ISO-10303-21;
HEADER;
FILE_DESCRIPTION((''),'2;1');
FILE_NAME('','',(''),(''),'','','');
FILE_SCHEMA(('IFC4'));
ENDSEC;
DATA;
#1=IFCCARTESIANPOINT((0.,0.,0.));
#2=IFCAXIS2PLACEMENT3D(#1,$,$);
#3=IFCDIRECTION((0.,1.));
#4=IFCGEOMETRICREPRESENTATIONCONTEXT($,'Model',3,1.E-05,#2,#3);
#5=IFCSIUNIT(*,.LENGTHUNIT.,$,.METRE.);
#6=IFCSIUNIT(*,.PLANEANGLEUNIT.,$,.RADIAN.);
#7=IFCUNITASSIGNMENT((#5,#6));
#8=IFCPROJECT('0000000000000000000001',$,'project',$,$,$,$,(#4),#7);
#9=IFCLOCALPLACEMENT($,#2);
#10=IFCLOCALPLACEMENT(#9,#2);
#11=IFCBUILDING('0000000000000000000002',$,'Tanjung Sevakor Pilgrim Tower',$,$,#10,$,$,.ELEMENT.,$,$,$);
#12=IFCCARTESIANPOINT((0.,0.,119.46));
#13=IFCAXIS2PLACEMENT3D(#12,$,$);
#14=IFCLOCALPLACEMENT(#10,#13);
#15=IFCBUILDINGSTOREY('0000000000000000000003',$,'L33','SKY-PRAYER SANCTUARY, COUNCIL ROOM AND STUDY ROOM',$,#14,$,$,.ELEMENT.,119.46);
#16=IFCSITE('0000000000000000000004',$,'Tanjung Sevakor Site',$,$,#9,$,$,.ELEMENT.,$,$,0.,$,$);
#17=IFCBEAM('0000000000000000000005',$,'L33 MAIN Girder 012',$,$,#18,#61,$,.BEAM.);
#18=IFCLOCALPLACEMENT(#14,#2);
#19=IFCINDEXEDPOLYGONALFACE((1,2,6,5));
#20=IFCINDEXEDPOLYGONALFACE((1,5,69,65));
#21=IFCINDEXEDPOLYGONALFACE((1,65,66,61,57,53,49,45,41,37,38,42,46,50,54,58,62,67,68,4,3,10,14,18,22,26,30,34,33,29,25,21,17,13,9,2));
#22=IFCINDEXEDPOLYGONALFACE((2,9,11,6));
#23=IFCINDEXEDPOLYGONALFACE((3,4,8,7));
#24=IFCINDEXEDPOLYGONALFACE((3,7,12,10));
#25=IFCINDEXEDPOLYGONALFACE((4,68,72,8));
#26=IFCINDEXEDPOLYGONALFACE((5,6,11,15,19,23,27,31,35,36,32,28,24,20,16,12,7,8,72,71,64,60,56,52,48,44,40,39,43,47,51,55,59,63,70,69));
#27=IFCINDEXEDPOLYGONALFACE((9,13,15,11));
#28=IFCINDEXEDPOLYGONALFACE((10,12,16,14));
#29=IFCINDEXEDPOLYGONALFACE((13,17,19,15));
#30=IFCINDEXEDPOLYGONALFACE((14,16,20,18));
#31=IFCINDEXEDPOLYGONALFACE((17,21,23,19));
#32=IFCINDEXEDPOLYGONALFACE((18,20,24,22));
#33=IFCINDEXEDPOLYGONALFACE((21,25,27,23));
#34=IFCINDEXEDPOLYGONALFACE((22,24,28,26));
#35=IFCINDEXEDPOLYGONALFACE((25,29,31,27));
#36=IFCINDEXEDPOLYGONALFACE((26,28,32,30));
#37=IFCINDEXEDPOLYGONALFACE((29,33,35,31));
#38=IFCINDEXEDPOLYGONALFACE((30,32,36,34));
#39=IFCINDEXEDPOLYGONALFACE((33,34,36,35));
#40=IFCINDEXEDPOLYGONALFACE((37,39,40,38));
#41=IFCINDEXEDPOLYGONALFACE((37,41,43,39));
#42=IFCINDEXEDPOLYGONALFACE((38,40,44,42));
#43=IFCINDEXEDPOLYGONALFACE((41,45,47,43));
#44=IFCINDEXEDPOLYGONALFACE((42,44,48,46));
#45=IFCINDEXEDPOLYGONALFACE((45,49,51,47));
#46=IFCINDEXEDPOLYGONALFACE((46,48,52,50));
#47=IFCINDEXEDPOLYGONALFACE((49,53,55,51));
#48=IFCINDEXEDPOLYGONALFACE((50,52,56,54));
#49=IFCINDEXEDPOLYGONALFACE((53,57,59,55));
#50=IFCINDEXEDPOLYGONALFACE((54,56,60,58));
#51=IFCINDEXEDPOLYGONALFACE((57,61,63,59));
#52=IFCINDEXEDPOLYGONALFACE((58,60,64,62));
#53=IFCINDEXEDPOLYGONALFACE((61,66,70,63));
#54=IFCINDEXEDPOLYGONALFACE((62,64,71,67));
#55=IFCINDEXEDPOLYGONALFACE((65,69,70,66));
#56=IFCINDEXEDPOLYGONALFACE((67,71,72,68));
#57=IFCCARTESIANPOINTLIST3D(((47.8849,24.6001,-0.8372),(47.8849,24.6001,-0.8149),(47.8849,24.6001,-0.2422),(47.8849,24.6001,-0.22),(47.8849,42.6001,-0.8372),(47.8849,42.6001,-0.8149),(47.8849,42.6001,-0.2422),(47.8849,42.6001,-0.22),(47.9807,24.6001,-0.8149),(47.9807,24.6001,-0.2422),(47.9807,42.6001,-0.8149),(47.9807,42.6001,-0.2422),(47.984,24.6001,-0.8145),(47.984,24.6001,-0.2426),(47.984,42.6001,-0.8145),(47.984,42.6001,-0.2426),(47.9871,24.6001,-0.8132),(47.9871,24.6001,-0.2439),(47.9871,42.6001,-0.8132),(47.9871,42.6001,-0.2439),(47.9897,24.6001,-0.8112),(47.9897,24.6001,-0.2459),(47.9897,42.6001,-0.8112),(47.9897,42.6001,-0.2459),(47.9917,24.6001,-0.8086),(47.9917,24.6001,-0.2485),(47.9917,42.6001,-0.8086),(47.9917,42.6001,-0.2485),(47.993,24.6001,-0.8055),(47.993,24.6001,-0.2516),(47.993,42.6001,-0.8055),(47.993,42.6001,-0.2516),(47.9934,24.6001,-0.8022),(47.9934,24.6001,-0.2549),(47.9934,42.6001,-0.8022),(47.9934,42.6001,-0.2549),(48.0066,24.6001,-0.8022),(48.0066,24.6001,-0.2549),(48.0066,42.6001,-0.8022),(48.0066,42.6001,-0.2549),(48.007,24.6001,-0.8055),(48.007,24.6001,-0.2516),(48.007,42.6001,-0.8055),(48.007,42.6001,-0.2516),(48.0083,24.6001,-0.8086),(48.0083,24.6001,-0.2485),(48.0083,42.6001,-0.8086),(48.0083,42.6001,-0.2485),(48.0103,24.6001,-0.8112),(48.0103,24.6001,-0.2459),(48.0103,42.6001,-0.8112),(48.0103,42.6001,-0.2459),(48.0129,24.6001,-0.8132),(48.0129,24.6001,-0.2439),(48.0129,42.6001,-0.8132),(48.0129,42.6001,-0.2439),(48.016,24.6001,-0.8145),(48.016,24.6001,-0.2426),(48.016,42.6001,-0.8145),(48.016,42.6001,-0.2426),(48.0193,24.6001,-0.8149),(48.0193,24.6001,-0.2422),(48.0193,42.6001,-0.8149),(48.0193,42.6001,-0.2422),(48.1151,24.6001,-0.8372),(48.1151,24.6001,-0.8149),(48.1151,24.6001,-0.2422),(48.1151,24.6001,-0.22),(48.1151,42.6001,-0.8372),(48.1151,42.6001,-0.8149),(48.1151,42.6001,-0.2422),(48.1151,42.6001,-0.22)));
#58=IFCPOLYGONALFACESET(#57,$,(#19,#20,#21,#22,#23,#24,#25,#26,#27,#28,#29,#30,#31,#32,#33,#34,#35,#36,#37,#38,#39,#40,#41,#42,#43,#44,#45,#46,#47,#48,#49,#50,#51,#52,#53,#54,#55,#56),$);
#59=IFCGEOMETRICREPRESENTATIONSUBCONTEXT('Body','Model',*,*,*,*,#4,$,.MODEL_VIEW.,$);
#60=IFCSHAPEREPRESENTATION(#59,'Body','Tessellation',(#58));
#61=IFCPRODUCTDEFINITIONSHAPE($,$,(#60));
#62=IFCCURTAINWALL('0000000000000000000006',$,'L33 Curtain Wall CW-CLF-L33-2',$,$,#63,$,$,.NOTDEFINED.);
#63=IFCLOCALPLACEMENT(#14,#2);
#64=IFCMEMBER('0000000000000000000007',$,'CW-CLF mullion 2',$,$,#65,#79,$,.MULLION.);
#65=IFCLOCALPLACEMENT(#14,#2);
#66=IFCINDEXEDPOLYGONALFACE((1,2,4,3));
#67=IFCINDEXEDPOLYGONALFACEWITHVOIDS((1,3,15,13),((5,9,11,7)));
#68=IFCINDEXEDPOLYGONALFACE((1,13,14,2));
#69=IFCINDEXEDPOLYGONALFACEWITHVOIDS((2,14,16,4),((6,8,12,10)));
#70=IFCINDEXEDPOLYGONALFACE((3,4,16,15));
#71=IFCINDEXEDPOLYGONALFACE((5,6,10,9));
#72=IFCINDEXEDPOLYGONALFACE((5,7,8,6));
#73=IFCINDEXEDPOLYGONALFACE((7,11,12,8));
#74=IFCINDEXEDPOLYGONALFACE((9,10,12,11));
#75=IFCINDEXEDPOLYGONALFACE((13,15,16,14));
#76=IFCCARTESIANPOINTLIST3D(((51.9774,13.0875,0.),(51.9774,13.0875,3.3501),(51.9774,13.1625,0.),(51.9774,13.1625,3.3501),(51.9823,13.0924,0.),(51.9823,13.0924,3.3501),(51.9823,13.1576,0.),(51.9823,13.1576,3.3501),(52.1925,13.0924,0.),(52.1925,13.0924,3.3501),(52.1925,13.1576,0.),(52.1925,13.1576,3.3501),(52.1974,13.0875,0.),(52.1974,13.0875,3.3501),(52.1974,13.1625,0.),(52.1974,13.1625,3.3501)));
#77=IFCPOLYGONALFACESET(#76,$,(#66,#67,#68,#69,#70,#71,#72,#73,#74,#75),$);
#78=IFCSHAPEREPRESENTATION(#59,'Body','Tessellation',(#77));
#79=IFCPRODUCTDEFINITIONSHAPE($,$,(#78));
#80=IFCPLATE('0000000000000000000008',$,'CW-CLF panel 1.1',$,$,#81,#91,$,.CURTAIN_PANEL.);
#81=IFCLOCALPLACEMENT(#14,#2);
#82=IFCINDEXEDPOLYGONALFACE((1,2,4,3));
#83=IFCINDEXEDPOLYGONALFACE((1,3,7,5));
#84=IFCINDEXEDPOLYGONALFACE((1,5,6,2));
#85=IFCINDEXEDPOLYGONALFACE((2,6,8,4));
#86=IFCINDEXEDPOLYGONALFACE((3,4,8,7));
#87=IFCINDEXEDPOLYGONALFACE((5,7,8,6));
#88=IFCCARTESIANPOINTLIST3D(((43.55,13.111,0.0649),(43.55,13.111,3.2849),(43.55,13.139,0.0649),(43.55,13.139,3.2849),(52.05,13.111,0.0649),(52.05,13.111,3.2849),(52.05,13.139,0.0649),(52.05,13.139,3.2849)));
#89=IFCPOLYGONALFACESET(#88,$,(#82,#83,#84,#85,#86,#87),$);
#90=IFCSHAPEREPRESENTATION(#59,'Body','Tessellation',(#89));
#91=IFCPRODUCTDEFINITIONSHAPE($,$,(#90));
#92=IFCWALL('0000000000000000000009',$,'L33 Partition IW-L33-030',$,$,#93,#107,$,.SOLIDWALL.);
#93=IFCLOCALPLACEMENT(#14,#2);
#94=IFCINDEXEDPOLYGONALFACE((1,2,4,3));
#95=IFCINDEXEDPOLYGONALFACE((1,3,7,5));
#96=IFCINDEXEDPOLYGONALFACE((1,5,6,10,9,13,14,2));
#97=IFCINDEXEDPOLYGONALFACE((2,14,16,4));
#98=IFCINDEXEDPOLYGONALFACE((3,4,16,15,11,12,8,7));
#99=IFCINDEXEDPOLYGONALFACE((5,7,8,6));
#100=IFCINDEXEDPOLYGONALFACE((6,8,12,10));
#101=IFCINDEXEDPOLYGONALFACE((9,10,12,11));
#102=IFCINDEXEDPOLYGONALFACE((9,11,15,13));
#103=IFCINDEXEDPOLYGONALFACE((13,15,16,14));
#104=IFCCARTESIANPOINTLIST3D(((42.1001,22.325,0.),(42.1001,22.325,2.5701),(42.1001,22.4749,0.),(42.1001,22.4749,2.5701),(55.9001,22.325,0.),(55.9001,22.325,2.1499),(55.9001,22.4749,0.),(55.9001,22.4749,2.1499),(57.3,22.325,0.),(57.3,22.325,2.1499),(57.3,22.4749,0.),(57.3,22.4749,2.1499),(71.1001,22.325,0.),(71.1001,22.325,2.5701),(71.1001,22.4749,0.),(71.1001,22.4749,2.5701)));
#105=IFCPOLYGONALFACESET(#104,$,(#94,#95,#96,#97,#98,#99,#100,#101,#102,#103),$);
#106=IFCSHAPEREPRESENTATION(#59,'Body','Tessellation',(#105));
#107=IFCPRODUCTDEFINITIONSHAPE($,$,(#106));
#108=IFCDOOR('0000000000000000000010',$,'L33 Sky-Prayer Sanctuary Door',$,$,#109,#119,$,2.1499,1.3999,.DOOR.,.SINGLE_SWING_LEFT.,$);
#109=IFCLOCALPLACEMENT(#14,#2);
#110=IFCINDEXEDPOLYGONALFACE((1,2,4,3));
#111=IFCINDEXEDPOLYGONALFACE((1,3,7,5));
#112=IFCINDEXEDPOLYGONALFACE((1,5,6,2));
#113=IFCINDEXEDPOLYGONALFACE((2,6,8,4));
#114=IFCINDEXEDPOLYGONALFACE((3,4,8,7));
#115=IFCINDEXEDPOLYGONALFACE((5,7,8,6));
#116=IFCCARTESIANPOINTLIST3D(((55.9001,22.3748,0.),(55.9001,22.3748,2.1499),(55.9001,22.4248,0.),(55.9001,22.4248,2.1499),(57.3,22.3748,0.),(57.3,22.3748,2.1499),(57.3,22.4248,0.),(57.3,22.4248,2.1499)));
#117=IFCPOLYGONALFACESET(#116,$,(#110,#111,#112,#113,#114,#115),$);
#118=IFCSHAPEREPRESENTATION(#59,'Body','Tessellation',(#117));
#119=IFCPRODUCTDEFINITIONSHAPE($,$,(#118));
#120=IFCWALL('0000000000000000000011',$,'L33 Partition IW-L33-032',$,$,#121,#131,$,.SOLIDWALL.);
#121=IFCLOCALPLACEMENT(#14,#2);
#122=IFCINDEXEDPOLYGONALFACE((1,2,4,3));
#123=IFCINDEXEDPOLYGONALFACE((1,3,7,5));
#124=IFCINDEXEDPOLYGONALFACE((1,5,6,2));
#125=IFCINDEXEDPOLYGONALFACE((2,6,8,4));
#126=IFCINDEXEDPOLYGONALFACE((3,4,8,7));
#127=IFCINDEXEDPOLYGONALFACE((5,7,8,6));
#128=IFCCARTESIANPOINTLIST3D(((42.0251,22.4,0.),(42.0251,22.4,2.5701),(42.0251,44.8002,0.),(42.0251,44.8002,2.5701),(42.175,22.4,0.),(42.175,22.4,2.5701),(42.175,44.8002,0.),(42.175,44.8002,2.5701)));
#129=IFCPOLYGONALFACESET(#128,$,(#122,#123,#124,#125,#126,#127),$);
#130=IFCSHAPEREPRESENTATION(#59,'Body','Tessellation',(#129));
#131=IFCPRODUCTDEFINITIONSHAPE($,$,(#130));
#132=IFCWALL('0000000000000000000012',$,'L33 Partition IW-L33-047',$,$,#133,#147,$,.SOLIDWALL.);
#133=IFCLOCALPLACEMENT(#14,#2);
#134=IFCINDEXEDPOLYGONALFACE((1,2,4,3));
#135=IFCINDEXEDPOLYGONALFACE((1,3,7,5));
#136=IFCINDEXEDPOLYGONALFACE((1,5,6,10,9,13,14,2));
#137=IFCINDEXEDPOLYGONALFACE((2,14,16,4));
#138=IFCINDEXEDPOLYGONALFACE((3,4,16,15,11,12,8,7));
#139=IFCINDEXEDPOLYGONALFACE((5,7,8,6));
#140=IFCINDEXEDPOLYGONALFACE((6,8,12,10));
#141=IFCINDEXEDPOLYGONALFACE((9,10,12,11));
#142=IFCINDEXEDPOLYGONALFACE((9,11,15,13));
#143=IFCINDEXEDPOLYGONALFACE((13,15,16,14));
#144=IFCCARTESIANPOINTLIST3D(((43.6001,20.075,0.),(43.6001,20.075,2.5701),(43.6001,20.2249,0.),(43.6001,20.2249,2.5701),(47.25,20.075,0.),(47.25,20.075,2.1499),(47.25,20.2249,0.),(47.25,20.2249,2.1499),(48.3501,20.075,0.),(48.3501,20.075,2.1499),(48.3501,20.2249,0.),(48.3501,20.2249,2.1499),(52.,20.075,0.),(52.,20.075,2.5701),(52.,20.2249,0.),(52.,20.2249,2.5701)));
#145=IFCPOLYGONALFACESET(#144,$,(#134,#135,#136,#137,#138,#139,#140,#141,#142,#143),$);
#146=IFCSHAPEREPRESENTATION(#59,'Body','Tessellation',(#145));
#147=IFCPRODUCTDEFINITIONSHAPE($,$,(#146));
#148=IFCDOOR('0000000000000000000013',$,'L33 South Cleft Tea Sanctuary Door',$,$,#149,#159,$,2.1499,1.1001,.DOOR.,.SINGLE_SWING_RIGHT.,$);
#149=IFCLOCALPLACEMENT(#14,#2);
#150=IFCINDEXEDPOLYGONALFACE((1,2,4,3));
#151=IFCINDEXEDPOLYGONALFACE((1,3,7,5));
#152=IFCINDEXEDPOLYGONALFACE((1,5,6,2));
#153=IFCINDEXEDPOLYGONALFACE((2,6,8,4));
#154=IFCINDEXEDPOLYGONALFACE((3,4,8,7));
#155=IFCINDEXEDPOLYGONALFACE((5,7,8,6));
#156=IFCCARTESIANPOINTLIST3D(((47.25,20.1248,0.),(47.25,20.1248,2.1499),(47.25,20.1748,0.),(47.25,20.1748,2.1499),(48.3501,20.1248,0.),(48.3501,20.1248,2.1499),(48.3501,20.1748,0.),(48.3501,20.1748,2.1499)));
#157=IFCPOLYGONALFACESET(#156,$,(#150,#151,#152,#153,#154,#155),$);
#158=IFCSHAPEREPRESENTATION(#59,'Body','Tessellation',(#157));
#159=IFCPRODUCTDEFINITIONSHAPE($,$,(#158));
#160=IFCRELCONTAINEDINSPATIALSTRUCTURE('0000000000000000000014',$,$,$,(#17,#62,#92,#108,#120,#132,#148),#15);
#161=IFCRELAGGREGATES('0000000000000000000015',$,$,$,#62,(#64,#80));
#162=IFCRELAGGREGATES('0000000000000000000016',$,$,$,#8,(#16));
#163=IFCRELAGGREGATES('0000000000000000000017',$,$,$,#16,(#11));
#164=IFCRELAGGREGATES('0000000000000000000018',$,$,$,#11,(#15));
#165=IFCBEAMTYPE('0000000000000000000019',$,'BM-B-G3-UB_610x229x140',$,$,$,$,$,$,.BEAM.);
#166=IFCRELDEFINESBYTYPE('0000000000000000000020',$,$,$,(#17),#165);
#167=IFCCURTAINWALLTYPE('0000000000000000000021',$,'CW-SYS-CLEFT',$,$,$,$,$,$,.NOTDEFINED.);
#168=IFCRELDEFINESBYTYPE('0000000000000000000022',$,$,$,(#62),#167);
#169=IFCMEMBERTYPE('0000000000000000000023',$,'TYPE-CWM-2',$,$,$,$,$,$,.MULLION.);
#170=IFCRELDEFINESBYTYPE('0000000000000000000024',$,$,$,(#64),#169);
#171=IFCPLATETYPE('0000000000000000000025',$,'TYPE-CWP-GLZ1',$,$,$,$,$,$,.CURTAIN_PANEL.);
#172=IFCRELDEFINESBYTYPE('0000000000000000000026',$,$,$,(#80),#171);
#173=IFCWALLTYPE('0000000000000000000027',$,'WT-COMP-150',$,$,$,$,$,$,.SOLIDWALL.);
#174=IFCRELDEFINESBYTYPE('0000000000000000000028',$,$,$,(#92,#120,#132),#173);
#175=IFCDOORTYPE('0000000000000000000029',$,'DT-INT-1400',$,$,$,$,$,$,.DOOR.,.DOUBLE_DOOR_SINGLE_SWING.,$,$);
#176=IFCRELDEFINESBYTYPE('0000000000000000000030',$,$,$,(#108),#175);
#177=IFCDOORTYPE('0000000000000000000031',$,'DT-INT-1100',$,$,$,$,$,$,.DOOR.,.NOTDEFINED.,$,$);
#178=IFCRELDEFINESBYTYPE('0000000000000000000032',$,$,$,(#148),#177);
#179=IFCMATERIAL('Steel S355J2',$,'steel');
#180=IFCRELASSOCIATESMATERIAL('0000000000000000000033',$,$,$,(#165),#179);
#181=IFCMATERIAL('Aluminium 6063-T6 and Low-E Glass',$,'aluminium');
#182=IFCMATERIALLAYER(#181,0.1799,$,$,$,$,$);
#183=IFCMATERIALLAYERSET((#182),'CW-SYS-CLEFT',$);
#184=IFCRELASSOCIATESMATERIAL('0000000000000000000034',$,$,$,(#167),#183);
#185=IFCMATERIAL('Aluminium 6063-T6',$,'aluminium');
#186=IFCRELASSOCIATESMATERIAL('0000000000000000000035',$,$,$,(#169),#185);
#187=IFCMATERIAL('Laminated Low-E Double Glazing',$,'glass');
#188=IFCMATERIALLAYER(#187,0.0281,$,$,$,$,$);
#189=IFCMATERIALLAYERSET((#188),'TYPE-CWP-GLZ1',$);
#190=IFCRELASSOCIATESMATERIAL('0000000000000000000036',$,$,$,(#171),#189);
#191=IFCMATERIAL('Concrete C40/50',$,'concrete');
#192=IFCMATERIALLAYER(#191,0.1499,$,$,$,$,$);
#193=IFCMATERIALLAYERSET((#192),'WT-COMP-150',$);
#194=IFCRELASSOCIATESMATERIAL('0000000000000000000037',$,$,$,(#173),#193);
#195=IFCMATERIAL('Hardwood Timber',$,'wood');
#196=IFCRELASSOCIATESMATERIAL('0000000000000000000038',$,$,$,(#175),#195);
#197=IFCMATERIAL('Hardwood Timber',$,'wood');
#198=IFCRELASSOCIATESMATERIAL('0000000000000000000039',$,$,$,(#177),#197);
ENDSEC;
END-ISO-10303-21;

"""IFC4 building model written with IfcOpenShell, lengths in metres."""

from ifc_helpers import new_model, si_unit, direction, frame, frame_2d, origin, origin_2d, place, context, subcontext, project, spatial, rectangle, hollow_rectangle, i_section, extrude, material, layer, layer_set, material_profile, profile_set, type_object, element, fill, aggregate, save


model = new_model("IFC4")

# Units and contexts
model_context = context("Model", 3, precision=1e-05, world=origin(), true_north=direction((0.0, 1.0)))
body_context = subcontext(model_context, "Body", "Model", "MODEL_VIEW")
ifc_project = project(units=[si_unit("LENGTHUNIT", "METRE"), si_unit("PLANEANGLEUNIT", "RADIAN")], contexts=[model_context])

# Site, building, storey
site_placement = place(None, origin())
site = spatial("IfcSite", under=ifc_project, at=site_placement, Name="Tanjung Sevakor Site", CompositionType="ELEMENT", RefElevation=0.0)
building_placement = place(site_placement, origin())
building = spatial("IfcBuilding", under=site, at=building_placement, Name="Tanjung Sevakor Pilgrim Tower", CompositionType="ELEMENT")
storey_placement = place(building_placement, frame((0.0, 0.0, 119.46)))
storey = spatial("IfcBuildingStorey", under=building, at=storey_placement, Name="L33", Description="SKY-PRAYER SANCTUARY, COUNCIL ROOM AND STUDY ROOM", CompositionType="ELEMENT", Elevation=119.46)

# Beam
ifc_material_1 = material(Name="Steel S355J2", Category="steel")
ifc_material_profile_1 = material_profile(ifc_material_1, i_section(OverallWidth=0.2302, OverallDepth=0.6172, WebThickness=0.0132, FlangeThickness=0.0222, FilletRadius=0.0127, at=origin_2d()))
ifc_profile_set_1 = profile_set([ifc_material_profile_1], Name="Steel S355J2")
beam_type_1 = type_object("IfcBeamType", Name="BM-B-G3-UB_610x229x140", PredefinedType="BEAM", material=ifc_profile_set_1)
for number, where, z_axis, x_axis, name in (
    (1, (48.0, 24.6001, -0.5286), (0.0, 1.0, 0.0), (-1.0, 0.0, 0.0), "L33 MAIN Girder 012"),
):
    element("IfcBeam", number, at=place(storey_placement, frame(where, z_axis=z_axis, x_axis=x_axis)), inside=storey, type_object=beam_type_1, Name=name, PredefinedType="BEAM", context=body_context, shape_type="SweptSolid", body=[
        extrude(i_section(OverallWidth=0.2302, OverallDepth=0.6172, WebThickness=0.0132, FlangeThickness=0.0222, FilletRadius=0.0127, at=origin_2d()), origin(), (0.0, 0.0, 1.0), 18.0),
    ])

# Curtain wall, member, plate
ifc_material_2 = material(Name="Aluminium 6063-T6 and Low-E Glass", Category="aluminium")
ifc_layer_1 = layer(ifc_material_2, 0.1799)
ifc_layer_set_1 = layer_set([ifc_layer_1], Name="CW-SYS-CLEFT")
curtain_wall_type = type_object("IfcCurtainWallType", Name="CW-SYS-CLEFT", PredefinedType="NOTDEFINED", material=ifc_layer_set_1)
curtain_wall_placement = place(storey_placement, origin())
curtain_wall = element("IfcCurtainWall", 2, at=curtain_wall_placement, inside=storey, type_object=curtain_wall_type, Name="L33 Curtain Wall CW-CLF-L33-2", PredefinedType="NOTDEFINED")
ifc_material_3 = material(Name="Aluminium 6063-T6", Category="aluminium")
ifc_material_profile_2 = material_profile(ifc_material_3, hollow_rectangle(XDim=0.075, YDim=0.22, WallThickness=0.0049, at=origin_2d()))
ifc_profile_set_2 = profile_set([ifc_material_profile_2], Name="Aluminium 6063-T6")
member_type = type_object("IfcMemberType", Name="TYPE-CWM-2", PredefinedType="MULLION", material=ifc_profile_set_2)
member_placement = place(storey_placement, frame((52.0874, 13.125, 0.0), z_axis=(0.0, 0.0, 1.0), x_axis=(0.0, 1.0, 0.0)))
member = element("IfcMember", 3, at=member_placement, type_object=member_type, Name="CW-CLF mullion 2", PredefinedType="MULLION", context=body_context, shape_type="SweptSolid", body=[
    extrude(hollow_rectangle(XDim=0.075, YDim=0.22, WallThickness=0.0049, at=origin_2d()), origin(), (0.0, 0.0, 1.0), 3.3501),
])
ifc_material_4 = material(Name="Laminated Low-E Double Glazing", Category="glass")
ifc_layer_2 = layer(ifc_material_4, 0.0281)
ifc_layer_set_2 = layer_set([ifc_layer_2], Name="TYPE-CWP-GLZ1")
plate_type = type_object("IfcPlateType", Name="TYPE-CWP-GLZ1", PredefinedType="CURTAIN_PANEL", material=ifc_layer_set_2)
plate_placement = place(storey_placement, frame((47.8, 13.125, 0.0649), z_axis=(0.0, 0.0, 1.0), x_axis=(1.0, 0.0, 0.0)))
plate = element("IfcPlate", 4, at=plate_placement, type_object=plate_type, Name="CW-CLF panel 1.1", PredefinedType="CURTAIN_PANEL", context=body_context, shape_type="SweptSolid", body=[
    extrude(rectangle(XDim=8.5, YDim=0.0281, at=origin_2d()), origin(), (0.0, 0.0, 1.0), 3.22),
])
aggregate(curtain_wall, [member, plate])

# Wall, opening, door
ifc_material_5 = material(Name="Concrete C40/50", Category="concrete")
ifc_layer_3 = layer(ifc_material_5, 0.1499)
ifc_layer_set_3 = layer_set([ifc_layer_3], Name="WT-COMP-150")
wall_type_1 = type_object("IfcWallType", Name="WT-COMP-150", PredefinedType="SOLIDWALL", material=ifc_layer_set_3)
wall_1_placement = place(storey_placement, frame((42.1001, 22.3999, 0.0), z_axis=(0.0, 0.0, 1.0), x_axis=(1.0, 0.0, 0.0)))
wall_1 = element("IfcWall", 5, at=wall_1_placement, inside=storey, type_object=wall_type_1, Name="L33 Partition IW-L33-030", PredefinedType="SOLIDWALL", context=body_context, shape_type="SweptSolid", body=[
    extrude(rectangle(XDim=29.0, YDim=0.1499, at=frame_2d((14.5, 0.0))), origin(), (0.0, 0.0, 1.0), 2.5701),
])
opening_1_placement = place(wall_1_placement, frame((13.8, 0.0, 0.0)))
opening_1 = element("IfcOpeningElement", 6, at=opening_1_placement, cuts=wall_1, PredefinedType="OPENING", context=body_context, shape_type="SweptSolid", body=[
    extrude(rectangle(XDim=1.3999, YDim=2.1499, at=frame_2d((0.7, 1.075))), frame((0.0, 0.085, 0.0), z_axis=(0.0, -1.0, 0.0), x_axis=(1.0, 0.0, 0.0)), (0.0, 0.0, 1.0), 0.1699),
])
ifc_material_6 = material(Name="Hardwood Timber", Category="wood")
door_type_1 = type_object("IfcDoorType", Name="DT-INT-1400", OperationType="DOUBLE_DOOR_SINGLE_SWING", PredefinedType="DOOR", material=ifc_material_6)
door_1_placement = place(opening_1_placement, origin())
door_1 = element("IfcDoor", 7, at=door_1_placement, inside=storey, type_object=door_type_1, Name="L33 Sky-Prayer Sanctuary Door", OperationType="SINGLE_SWING_LEFT", OverallHeight=2.1499, OverallWidth=1.3999, PredefinedType="DOOR", context=body_context, shape_type="SweptSolid", body=[
    extrude(rectangle(XDim=1.3999, YDim=2.1499, at=frame_2d((0.7, 1.075))), frame((0.0, 0.0249, 0.0), z_axis=(0.0, -1.0, 0.0), x_axis=(1.0, 0.0, 0.0)), (0.0, 0.0, 1.0), 0.05),
])
fill(opening_1, door_1)

# Wall
wall_2_placement = place(storey_placement, frame((42.1001, 22.3999, 0.0), z_axis=(0.0, 0.0, 1.0), x_axis=(0.0, 1.0, 0.0)))
element("IfcWall", 8, at=wall_2_placement, inside=storey, type_object=wall_type_1, Name="L33 Partition IW-L33-032", PredefinedType="SOLIDWALL", context=body_context, shape_type="SweptSolid", body=[
    extrude(rectangle(XDim=22.4001, YDim=0.1499, at=frame_2d((11.2002, 0.0))), origin(), (0.0, 0.0, 1.0), 2.5701),
])

# Wall, opening, door
wall_3_placement = place(storey_placement, frame((43.6001, 20.1499, 0.0), z_axis=(0.0, 0.0, 1.0), x_axis=(1.0, 0.0, 0.0)))
wall_3 = element("IfcWall", 9, at=wall_3_placement, inside=storey, type_object=wall_type_1, Name="L33 Partition IW-L33-047", PredefinedType="SOLIDWALL", context=body_context, shape_type="SweptSolid", body=[
    extrude(rectangle(XDim=8.3999, YDim=0.1499, at=frame_2d((4.2, 0.0))), origin(), (0.0, 0.0, 1.0), 2.5701),
])
opening_2_placement = place(wall_3_placement, frame((3.6499, 0.0, 0.0)))
opening_2 = element("IfcOpeningElement", 10, at=opening_2_placement, cuts=wall_3, PredefinedType="OPENING", context=body_context, shape_type="SweptSolid", body=[
    extrude(rectangle(XDim=1.1001, YDim=2.1499, at=frame_2d((0.55, 1.075))), frame((0.0, 0.085, 0.0), z_axis=(0.0, -1.0, 0.0), x_axis=(1.0, 0.0, 0.0)), (0.0, 0.0, 1.0), 0.1699),
])
ifc_material_7 = material(Name="Hardwood Timber", Category="wood")
door_type_2 = type_object("IfcDoorType", Name="DT-INT-1100", OperationType="NOTDEFINED", PredefinedType="DOOR", material=ifc_material_7)
door_2_placement = place(opening_2_placement, origin())
door_2 = element("IfcDoor", 11, at=door_2_placement, inside=storey, type_object=door_type_2, Name="L33 South Cleft Tea Sanctuary Door", OperationType="SINGLE_SWING_RIGHT", OverallHeight=2.1499, OverallWidth=1.1001, PredefinedType="DOOR", context=body_context, shape_type="SweptSolid", body=[
    extrude(rectangle(XDim=1.1001, YDim=2.1499, at=frame_2d((0.55, 1.075))), frame((0.0, 0.0249, 0.0), z_axis=(0.0, -1.0, 0.0), x_axis=(1.0, 0.0, 0.0)), (0.0, 0.0, 1.0), 0.05),
])
fill(opening_2, door_2)

save(model, "model.ifc")
